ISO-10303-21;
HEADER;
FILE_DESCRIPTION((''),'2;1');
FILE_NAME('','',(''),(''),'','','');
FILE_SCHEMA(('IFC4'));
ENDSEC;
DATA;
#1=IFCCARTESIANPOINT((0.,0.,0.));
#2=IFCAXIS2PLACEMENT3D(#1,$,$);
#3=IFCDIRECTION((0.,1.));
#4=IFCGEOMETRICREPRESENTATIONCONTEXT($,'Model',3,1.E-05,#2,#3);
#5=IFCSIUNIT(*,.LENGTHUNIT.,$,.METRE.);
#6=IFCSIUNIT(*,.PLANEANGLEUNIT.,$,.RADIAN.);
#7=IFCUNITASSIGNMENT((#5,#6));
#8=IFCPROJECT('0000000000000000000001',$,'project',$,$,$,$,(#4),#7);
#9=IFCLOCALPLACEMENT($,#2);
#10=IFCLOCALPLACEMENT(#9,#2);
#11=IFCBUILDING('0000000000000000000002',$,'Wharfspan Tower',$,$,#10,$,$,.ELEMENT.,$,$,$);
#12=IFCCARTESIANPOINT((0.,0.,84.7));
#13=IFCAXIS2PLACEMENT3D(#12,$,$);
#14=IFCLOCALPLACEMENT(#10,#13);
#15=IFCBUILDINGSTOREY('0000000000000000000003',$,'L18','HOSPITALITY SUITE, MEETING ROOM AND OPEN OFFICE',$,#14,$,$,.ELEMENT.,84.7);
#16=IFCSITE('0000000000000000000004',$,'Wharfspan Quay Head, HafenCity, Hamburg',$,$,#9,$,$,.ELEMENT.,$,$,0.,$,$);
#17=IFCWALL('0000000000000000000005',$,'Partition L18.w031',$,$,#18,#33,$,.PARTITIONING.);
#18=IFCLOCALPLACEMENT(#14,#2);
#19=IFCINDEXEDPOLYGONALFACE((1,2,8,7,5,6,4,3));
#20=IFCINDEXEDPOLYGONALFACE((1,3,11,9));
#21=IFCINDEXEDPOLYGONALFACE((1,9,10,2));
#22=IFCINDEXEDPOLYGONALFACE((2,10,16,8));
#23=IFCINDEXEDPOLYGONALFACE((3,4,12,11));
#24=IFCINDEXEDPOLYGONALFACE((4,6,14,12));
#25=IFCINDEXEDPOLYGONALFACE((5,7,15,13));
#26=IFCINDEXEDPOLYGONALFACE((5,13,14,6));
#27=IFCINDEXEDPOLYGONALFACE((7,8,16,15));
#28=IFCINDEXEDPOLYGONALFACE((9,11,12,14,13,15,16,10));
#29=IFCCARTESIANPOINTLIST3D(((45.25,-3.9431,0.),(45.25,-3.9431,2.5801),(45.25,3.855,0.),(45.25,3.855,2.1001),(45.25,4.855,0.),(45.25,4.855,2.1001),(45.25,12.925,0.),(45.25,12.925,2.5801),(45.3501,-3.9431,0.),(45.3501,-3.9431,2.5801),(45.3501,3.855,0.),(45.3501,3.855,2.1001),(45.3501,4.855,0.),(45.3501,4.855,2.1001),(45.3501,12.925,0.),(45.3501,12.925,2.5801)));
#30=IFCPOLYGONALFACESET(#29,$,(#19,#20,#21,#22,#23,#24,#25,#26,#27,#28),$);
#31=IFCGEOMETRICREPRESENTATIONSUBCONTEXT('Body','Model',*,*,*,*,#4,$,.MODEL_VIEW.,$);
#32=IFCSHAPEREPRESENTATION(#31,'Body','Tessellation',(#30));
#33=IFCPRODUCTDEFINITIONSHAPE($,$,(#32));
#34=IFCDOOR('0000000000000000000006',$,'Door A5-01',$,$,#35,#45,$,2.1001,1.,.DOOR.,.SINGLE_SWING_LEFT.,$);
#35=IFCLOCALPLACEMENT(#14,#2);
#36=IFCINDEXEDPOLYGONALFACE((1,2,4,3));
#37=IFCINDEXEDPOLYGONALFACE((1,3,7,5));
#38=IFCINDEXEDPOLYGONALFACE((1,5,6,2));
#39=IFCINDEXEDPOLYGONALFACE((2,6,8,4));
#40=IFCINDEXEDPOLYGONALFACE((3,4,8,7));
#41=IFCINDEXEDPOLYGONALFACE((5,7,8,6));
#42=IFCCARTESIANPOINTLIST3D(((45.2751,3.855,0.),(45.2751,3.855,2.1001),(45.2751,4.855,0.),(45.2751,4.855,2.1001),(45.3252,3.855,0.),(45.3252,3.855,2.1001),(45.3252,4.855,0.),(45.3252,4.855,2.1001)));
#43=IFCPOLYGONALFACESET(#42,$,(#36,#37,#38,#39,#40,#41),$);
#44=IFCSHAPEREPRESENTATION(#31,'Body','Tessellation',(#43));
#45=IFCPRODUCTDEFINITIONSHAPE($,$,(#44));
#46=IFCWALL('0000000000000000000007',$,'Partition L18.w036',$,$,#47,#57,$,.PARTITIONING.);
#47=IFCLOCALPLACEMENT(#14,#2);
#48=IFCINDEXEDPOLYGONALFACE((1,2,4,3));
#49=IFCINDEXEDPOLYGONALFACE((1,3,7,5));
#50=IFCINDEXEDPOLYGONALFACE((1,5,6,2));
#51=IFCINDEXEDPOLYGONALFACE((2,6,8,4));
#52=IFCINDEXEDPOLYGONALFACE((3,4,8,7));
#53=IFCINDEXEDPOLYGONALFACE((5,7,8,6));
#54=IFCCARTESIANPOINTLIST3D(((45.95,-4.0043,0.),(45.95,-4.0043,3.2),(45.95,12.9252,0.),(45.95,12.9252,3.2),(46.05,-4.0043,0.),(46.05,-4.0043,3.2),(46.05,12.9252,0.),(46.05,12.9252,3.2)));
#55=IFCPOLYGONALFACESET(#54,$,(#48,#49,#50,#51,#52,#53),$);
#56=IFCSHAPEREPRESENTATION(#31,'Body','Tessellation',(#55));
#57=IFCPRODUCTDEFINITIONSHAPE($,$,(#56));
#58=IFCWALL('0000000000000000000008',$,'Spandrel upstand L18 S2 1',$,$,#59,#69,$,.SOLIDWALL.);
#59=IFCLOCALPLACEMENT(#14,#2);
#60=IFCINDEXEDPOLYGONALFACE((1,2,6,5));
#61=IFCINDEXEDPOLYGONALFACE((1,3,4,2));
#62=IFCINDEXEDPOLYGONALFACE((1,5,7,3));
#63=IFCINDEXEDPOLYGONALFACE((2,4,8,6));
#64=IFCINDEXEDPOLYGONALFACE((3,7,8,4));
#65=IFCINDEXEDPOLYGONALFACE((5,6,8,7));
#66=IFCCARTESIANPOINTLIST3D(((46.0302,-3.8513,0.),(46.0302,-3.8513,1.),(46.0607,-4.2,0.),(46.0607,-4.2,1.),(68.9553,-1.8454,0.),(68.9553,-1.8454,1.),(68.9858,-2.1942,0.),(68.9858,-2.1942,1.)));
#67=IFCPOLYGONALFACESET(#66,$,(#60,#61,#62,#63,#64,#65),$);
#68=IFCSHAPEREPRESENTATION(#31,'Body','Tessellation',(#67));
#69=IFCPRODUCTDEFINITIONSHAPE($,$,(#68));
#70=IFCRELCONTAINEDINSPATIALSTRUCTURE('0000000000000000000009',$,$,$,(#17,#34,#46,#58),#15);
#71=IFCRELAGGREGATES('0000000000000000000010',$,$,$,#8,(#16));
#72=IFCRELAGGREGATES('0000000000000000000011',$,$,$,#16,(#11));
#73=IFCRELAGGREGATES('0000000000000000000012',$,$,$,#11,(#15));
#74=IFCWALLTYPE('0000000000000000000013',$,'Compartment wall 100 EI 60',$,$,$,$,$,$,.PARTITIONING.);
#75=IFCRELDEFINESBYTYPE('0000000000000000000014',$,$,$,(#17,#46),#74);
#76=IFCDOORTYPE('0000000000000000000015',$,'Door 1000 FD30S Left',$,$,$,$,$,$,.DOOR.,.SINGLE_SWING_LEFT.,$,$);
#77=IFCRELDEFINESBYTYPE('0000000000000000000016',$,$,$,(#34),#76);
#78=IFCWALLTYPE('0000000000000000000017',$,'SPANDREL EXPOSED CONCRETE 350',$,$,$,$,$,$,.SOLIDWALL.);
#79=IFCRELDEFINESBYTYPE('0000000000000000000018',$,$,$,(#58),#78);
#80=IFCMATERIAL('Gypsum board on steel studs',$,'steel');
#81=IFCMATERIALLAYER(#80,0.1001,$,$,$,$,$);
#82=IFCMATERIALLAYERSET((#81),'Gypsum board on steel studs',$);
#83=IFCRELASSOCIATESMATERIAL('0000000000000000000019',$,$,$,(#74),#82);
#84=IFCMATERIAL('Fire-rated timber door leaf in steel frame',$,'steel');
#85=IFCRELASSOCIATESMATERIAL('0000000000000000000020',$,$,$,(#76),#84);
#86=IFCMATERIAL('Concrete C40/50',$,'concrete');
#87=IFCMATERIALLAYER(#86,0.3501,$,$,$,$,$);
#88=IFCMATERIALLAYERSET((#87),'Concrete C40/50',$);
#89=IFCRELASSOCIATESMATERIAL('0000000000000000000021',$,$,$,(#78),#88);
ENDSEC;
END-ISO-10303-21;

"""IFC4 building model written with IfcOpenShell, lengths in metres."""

from ifc_helpers import new_model, si_unit, direction, frame, frame_2d, origin, place, context, subcontext, project, spatial, rectangle, extrude, material, layer, layer_set, type_object, element, fill, save


model = new_model("IFC4")

# Units and contexts
model_context = context("Model", 3, precision=1e-05, world=origin(), true_north=direction((0.0, 1.0)))
body_context = subcontext(model_context, "Body", "Model", "MODEL_VIEW")
ifc_project = project(units=[si_unit("LENGTHUNIT", "METRE"), si_unit("PLANEANGLEUNIT", "RADIAN")], contexts=[model_context])

# Site, building, storey
site_placement = place(None, origin())
site = spatial("IfcSite", under=ifc_project, at=site_placement, Name="Wharfspan Quay Head, HafenCity, Hamburg", CompositionType="ELEMENT", RefElevation=0.0)
building_placement = place(site_placement, origin())
building = spatial("IfcBuilding", under=site, at=building_placement, Name="Wharfspan Tower", CompositionType="ELEMENT")
storey_placement = place(building_placement, frame((0.0, 0.0, 84.7)))
storey = spatial("IfcBuildingStorey", under=building, at=storey_placement, Name="L18", Description="HOSPITALITY SUITE, MEETING ROOM AND OPEN OFFICE", CompositionType="ELEMENT", Elevation=84.7)

# Wall, opening, door
ifc_material_1 = material(Name="Gypsum board on steel studs", Category="steel")
ifc_layer_1 = layer(ifc_material_1, 0.1001)
ifc_layer_set_1 = layer_set([ifc_layer_1], Name="Gypsum board on steel studs")
wall_type_1 = type_object("IfcWallType", Name="Compartment wall 100 EI 60", PredefinedType="PARTITIONING", material=ifc_layer_set_1)
wall_1_placement = place(storey_placement, frame((45.3, -3.9431, 0.0), z_axis=(0.0, 0.0, 1.0), x_axis=(0.0, 1.0, 0.0)))
wall_1 = element("IfcWall", 1, at=wall_1_placement, inside=storey, type_object=wall_type_1, Name="Partition L18.w031", PredefinedType="PARTITIONING", context=body_context, shape_type="SweptSolid", body=[
    extrude(rectangle(XDim=16.8682, YDim=0.1001, at=frame_2d((8.4341, 0.0))), origin(), (0.0, 0.0, 1.0), 2.5801),
])
opening_placement = place(wall_1_placement, frame((7.7981, 0.0, 0.0)))
opening = element("IfcOpeningElement", 2, at=opening_placement, cuts=wall_1, PredefinedType="OPENING", context=body_context, shape_type="SweptSolid", body=[
    extrude(rectangle(XDim=1.0, YDim=2.1001, at=frame_2d((0.5, 1.05))), frame((0.0, 0.0601, 0.0), z_axis=(0.0, -1.0, 0.0), x_axis=(1.0, 0.0, 0.0)), (0.0, 0.0, 1.0), 0.1201),
])
ifc_material_2 = material(Name="Fire-rated timber door leaf in steel frame", Category="steel")
door_type = type_object("IfcDoorType", Name="Door 1000 FD30S Left", OperationType="SINGLE_SWING_LEFT", PredefinedType="DOOR", material=ifc_material_2)
door_placement = place(opening_placement, origin())
door = element("IfcDoor", 3, at=door_placement, inside=storey, type_object=door_type, Name="Door A5-01", OperationType="SINGLE_SWING_LEFT", OverallHeight=2.1001, OverallWidth=1.0, PredefinedType="DOOR", context=body_context, shape_type="SweptSolid", body=[
    extrude(rectangle(XDim=1.0, YDim=2.1001, at=frame_2d((0.5, 1.05))), frame((0.0, 0.0249, 0.0), z_axis=(0.0, -1.0, 0.0), x_axis=(1.0, 0.0, 0.0)), (0.0, 0.0, 1.0), 0.05),
])
fill(opening, door)

# Walls
wall_2_placement = place(storey_placement, frame((46.0, -4.0044, 0.0), z_axis=(0.0, 0.0, 1.0), x_axis=(0.0, 1.0, 0.0)))
element("IfcWall", 4, at=wall_2_placement, inside=storey, type_object=wall_type_1, Name="Partition L18.w036", PredefinedType="PARTITIONING", context=body_context, shape_type="SweptSolid", body=[
    extrude(rectangle(XDim=16.9294, YDim=0.1001, at=frame_2d((8.4648, 0.0))), origin(), (0.0, 0.0, 1.0), 3.2),
])
ifc_material_3 = material(Name="Concrete C40/50", Category="concrete")
ifc_layer_2 = layer(ifc_material_3, 0.3501)
ifc_layer_set_2 = layer_set([ifc_layer_2], Name="Concrete C40/50")
wall_type_2 = type_object("IfcWallType", Name="SPANDREL EXPOSED CONCRETE 350", PredefinedType="SOLIDWALL", material=ifc_layer_set_2)
wall_3_placement = place(storey_placement, frame((46.0454, -4.0256, 0.0), z_axis=(0.0, 0.0, 1.0), x_axis=(0.99619, 0.087163, 0.0)))
element("IfcWall", 5, at=wall_3_placement, inside=storey, type_object=wall_type_2, Name="Spandrel upstand L18 S2 1", PredefinedType="SOLIDWALL", context=body_context, shape_type="SweptSolid", body=[
    extrude(rectangle(XDim=23.0127, YDim=0.3501, at=frame_2d((11.5063, 0.0))), origin(), (0.0, 0.0, 1.0), 1.0),
])

save(model, "model.ifc")
